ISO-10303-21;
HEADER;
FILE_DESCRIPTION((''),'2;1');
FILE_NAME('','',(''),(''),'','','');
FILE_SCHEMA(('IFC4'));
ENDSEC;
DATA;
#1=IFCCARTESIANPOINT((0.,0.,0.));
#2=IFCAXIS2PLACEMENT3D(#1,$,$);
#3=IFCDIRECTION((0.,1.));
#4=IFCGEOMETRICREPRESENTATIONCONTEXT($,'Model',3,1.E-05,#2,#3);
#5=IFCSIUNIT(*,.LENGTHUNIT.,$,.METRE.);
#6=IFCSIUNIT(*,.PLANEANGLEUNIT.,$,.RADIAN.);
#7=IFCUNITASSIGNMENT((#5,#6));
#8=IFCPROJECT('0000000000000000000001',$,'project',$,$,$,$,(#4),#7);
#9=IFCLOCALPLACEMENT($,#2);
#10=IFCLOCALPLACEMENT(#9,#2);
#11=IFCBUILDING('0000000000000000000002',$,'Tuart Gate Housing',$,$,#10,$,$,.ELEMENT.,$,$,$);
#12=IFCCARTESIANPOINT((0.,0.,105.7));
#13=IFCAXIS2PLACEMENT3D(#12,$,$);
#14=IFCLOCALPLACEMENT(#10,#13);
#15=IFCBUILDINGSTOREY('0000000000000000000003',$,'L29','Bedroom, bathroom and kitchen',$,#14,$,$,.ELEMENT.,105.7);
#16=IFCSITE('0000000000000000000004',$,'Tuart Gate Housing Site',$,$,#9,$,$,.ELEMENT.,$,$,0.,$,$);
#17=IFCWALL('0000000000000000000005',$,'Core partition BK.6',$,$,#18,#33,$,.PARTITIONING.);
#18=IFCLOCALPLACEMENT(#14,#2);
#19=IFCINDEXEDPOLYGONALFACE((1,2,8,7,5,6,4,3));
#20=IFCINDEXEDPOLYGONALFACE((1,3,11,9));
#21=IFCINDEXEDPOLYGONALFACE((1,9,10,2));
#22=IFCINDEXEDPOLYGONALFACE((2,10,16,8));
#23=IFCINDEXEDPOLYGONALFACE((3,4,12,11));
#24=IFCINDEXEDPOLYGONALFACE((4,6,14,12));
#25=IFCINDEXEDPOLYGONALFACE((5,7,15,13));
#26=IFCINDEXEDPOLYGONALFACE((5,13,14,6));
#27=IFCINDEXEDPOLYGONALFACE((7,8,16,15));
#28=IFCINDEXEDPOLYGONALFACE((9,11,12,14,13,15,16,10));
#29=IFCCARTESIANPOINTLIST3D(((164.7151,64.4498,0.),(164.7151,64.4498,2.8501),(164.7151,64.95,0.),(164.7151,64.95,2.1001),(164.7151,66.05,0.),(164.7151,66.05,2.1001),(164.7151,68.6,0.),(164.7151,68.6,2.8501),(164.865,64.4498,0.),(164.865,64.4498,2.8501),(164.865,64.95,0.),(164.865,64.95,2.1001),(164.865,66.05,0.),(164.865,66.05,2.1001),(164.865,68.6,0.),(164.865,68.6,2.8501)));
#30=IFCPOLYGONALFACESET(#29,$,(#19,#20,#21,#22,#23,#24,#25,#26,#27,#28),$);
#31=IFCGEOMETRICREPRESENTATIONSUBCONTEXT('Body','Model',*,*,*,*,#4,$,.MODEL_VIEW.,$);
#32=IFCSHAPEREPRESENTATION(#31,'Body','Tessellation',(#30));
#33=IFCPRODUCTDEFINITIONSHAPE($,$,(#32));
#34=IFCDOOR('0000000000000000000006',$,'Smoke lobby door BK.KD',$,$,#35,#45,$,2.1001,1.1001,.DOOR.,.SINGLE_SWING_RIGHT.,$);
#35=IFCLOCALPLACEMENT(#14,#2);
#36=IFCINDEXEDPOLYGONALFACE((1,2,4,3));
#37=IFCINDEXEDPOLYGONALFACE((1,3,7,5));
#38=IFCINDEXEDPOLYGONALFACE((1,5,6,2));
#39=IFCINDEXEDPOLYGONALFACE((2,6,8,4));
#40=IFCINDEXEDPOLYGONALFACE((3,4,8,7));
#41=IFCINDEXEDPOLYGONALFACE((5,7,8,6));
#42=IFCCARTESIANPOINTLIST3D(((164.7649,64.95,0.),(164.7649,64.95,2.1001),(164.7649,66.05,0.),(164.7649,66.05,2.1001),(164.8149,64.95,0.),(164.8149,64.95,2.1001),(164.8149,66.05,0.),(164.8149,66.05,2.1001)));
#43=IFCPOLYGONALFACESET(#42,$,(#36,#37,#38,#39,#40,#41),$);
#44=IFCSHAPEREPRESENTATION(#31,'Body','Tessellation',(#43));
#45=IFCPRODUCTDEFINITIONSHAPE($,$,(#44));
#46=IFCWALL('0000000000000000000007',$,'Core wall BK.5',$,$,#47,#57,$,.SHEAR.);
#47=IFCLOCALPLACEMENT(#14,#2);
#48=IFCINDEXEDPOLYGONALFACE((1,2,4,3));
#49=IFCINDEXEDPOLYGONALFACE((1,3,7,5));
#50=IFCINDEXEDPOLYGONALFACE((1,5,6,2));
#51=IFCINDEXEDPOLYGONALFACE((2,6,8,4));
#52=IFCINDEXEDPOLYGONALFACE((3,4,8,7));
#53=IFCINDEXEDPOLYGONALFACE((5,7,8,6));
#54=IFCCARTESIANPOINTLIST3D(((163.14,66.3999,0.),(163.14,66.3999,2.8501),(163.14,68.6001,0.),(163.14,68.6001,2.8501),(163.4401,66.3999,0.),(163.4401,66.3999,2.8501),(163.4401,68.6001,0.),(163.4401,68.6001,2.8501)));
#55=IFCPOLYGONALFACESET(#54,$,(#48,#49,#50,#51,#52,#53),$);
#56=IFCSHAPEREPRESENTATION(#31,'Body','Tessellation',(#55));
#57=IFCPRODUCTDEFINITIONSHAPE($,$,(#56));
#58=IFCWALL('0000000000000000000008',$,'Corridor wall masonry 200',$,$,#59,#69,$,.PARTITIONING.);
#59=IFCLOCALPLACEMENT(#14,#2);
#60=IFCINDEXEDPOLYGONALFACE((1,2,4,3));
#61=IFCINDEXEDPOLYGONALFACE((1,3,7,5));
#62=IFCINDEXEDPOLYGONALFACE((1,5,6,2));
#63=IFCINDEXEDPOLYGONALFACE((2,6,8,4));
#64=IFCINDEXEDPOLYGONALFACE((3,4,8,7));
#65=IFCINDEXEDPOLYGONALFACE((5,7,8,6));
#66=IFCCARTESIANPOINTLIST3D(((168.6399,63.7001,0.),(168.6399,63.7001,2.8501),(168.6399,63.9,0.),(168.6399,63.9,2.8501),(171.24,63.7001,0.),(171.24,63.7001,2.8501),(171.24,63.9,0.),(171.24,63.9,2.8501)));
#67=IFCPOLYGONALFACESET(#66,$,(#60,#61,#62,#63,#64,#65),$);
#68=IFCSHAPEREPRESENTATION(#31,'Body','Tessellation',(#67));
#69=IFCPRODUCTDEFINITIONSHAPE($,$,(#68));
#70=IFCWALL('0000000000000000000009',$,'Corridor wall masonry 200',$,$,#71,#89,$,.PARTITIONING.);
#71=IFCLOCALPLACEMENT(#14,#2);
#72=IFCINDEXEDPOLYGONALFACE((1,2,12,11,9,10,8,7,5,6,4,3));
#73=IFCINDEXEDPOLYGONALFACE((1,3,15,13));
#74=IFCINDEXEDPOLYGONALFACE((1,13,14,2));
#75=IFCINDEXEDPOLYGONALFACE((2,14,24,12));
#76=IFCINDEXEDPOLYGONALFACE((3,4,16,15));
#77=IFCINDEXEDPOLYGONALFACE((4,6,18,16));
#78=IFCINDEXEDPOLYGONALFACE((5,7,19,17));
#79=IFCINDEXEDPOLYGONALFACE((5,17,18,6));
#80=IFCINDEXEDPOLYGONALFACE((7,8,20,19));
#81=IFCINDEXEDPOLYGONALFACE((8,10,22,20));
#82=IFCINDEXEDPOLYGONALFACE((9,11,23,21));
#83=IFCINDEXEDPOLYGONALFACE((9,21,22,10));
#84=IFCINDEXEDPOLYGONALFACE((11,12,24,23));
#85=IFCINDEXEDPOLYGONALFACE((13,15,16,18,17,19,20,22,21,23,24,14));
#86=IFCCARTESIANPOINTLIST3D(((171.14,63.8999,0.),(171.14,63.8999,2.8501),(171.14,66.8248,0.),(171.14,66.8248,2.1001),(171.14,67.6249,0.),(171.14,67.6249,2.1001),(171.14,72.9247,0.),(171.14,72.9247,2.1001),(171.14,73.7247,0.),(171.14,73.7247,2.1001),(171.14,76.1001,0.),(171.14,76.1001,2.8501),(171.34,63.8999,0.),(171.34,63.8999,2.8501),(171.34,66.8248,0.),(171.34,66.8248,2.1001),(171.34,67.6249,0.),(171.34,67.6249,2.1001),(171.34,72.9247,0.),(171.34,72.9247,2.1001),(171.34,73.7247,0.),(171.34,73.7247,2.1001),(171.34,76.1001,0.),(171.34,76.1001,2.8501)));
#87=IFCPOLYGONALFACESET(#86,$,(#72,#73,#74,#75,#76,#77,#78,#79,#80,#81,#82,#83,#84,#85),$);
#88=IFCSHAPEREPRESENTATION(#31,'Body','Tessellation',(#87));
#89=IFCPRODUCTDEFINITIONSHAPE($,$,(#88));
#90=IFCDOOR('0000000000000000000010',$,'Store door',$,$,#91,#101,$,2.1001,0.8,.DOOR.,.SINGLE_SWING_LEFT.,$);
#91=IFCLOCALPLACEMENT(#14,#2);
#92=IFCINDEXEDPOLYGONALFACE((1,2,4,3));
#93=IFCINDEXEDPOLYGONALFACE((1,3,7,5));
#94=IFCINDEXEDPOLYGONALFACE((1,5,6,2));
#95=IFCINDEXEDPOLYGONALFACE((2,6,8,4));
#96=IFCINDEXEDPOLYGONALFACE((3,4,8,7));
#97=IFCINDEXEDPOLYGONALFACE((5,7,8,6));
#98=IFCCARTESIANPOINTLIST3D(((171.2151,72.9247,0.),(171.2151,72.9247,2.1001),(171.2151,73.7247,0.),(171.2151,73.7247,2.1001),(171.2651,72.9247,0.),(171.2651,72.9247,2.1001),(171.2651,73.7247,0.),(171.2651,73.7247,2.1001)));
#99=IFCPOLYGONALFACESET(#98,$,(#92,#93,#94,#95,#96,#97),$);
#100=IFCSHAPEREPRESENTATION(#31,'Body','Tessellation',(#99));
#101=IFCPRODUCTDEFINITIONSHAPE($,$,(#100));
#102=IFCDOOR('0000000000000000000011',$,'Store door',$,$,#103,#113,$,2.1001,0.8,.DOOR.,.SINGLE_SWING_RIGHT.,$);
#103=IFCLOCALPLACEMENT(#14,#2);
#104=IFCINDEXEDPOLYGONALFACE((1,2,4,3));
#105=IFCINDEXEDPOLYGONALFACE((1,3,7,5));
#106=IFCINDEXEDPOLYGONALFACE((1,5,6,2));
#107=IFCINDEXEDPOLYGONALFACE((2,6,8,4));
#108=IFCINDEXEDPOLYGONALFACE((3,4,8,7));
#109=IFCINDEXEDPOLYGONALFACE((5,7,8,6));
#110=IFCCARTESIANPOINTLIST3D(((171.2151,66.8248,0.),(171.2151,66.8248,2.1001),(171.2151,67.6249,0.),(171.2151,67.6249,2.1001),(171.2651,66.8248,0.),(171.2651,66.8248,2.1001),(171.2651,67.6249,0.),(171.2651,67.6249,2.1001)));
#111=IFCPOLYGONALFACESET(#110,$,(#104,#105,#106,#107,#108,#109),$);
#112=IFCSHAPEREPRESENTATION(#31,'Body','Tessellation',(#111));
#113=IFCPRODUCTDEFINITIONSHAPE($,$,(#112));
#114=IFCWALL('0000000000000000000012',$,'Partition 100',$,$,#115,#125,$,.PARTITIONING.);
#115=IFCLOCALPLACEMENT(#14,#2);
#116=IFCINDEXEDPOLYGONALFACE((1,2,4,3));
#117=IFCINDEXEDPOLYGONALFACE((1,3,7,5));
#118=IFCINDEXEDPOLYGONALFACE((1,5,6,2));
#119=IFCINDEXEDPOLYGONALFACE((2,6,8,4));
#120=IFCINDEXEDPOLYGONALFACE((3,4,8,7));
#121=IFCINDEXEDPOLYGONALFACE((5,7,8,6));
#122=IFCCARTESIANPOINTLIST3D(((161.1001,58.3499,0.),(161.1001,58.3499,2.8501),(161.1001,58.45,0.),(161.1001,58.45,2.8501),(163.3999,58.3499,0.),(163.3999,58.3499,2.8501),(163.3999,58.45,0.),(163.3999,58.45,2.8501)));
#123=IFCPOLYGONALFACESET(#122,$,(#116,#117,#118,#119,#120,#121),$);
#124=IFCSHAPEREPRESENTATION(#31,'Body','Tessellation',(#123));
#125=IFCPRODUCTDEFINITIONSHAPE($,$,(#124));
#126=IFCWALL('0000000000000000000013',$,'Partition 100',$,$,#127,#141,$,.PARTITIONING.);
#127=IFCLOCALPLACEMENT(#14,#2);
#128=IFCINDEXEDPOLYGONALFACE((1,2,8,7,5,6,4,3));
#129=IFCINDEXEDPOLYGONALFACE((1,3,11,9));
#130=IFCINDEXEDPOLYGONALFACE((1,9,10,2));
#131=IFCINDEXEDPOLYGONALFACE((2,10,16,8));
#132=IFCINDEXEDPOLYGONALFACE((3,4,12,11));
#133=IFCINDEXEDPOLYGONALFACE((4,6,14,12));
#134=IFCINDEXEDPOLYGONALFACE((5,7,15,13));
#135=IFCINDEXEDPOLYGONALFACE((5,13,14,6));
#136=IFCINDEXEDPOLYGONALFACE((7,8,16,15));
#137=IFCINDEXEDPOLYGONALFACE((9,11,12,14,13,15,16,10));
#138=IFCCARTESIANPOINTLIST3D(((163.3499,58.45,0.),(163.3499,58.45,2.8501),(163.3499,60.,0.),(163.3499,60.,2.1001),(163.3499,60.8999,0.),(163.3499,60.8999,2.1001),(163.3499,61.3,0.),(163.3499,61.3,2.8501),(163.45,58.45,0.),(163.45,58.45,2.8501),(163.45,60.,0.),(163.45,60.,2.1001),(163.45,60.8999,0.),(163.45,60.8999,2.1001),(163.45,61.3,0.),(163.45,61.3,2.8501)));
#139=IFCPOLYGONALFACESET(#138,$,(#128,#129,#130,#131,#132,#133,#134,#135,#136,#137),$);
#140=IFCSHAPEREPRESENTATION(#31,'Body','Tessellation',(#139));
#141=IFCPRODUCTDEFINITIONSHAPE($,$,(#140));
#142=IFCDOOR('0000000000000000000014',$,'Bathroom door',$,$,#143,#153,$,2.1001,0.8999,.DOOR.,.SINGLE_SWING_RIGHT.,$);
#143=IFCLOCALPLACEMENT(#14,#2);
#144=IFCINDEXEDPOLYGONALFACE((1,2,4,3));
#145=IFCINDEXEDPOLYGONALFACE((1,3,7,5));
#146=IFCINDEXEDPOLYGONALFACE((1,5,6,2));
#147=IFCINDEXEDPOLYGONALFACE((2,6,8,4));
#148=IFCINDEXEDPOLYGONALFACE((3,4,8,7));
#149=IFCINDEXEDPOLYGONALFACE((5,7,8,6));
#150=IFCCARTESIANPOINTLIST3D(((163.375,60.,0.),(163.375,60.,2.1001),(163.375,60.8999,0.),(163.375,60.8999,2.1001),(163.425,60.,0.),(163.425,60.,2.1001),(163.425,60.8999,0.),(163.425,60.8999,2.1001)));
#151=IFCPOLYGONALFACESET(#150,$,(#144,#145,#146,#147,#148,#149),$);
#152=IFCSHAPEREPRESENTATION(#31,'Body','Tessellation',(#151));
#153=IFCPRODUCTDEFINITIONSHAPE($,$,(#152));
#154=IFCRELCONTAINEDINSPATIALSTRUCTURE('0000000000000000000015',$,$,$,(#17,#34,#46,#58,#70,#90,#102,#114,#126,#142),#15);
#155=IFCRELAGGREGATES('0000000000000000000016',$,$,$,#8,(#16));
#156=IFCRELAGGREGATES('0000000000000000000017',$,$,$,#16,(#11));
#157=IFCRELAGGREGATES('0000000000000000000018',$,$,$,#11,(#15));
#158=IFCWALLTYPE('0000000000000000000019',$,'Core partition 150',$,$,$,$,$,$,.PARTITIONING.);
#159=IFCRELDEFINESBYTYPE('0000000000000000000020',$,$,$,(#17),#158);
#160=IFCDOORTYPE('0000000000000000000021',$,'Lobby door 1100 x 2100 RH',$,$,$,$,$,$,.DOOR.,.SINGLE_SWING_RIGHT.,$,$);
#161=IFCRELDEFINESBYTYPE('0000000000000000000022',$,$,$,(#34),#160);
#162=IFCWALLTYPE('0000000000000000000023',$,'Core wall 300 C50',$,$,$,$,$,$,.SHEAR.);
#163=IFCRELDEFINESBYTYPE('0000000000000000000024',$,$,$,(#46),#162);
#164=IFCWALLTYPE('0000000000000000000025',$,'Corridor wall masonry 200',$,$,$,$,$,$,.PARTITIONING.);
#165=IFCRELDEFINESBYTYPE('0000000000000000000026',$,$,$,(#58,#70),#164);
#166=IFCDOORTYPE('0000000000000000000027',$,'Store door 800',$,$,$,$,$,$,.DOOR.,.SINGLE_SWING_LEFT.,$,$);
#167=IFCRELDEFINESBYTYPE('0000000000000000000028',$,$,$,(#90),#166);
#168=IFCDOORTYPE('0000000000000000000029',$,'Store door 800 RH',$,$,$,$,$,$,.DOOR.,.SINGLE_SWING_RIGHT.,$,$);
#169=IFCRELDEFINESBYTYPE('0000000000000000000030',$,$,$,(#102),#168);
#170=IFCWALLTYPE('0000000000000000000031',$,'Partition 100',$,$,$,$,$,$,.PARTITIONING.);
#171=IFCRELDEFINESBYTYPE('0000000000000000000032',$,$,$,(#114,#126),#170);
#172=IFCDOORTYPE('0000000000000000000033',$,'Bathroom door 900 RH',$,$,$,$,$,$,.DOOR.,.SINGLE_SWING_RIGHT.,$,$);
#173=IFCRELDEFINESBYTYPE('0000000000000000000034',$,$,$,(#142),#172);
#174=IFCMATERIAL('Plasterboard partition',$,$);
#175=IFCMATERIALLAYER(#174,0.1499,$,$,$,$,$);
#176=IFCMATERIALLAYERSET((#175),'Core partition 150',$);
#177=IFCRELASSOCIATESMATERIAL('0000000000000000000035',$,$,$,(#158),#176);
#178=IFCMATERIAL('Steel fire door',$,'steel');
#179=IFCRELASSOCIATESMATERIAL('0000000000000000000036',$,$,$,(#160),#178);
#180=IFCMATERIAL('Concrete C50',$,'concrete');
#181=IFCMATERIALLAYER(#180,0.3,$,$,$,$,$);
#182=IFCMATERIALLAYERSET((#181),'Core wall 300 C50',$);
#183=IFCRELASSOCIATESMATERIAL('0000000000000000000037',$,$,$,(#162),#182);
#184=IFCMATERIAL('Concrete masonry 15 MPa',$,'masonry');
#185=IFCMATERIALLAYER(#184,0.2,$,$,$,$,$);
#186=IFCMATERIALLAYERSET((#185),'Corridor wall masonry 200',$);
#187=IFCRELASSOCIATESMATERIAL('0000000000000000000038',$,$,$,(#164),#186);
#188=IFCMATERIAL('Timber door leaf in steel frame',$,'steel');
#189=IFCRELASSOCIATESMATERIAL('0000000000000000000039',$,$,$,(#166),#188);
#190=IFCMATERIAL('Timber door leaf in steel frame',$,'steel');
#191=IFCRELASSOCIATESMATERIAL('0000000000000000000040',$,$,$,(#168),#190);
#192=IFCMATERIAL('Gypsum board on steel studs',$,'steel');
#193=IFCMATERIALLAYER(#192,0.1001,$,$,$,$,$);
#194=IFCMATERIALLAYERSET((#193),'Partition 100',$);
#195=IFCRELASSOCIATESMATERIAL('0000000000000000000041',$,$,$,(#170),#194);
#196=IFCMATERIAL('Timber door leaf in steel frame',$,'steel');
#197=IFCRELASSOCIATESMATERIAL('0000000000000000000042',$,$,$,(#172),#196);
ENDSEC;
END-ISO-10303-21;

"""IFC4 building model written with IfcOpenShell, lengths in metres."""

from ifc_helpers import new_model, si_unit, direction, frame, frame_2d, origin, place, context, subcontext, project, spatial, rectangle, extrude, material, layer, layer_set, type_object, element, fill, save


model = new_model("IFC4")

# Units and contexts
model_context = context("Model", 3, precision=1e-05, world=origin(), true_north=direction((0.0, 1.0)))
body_context = subcontext(model_context, "Body", "Model", "MODEL_VIEW")
ifc_project = project(units=[si_unit("LENGTHUNIT", "METRE"), si_unit("PLANEANGLEUNIT", "RADIAN")], contexts=[model_context])

# Site, building, storey
site_placement = place(None, origin())
site = spatial("IfcSite", under=ifc_project, at=site_placement, Name="Tuart Gate Housing Site", CompositionType="ELEMENT", RefElevation=0.0)
building_placement = place(site_placement, origin())
building = spatial("IfcBuilding", under=site, at=building_placement, Name="Tuart Gate Housing", CompositionType="ELEMENT")
storey_placement = place(building_placement, frame((0.0, 0.0, 105.7)))
storey = spatial("IfcBuildingStorey", under=building, at=storey_placement, Name="L29", Description="Bedroom, bathroom and kitchen", CompositionType="ELEMENT", Elevation=105.7)

# Wall, opening, door
ifc_material_1 = material(Name="Plasterboard partition")
ifc_layer_1 = layer(ifc_material_1, 0.1499)
ifc_layer_set_1 = layer_set([ifc_layer_1], Name="Core partition 150")
wall_type_1 = type_object("IfcWallType", Name="Core partition 150", PredefinedType="PARTITIONING", material=ifc_layer_set_1)
wall_1_placement = place(storey_placement, frame((164.79, 68.6001, 0.0), z_axis=(0.0, 0.0, 1.0), x_axis=(0.0, -1.0, 0.0)))
wall_1 = element("IfcWall", 1, at=wall_1_placement, inside=storey, type_object=wall_type_1, Name="Core partition BK.6", PredefinedType="PARTITIONING", context=body_context, shape_type="SweptSolid", body=[
    extrude(rectangle(XDim=4.1501, YDim=0.1499, at=frame_2d((2.0752, 0.0))), origin(), (0.0, 0.0, 1.0), 2.8501),
])
opening_1_placement = place(wall_1_placement, frame((2.55, 0.0, 0.0)))
opening_1 = element("IfcOpeningElement", 2, at=opening_1_placement, cuts=wall_1, PredefinedType="OPENING", context=body_context, shape_type="SweptSolid", body=[
    extrude(rectangle(XDim=1.1001, YDim=2.1001, at=frame_2d((0.55, 1.05))), frame((0.0, 0.085, 0.0), z_axis=(0.0, -1.0, 0.0), x_axis=(1.0, 0.0, 0.0)), (0.0, 0.0, 1.0), 0.1699),
])
ifc_material_2 = material(Name="Steel fire door", Category="steel")
door_type_1 = type_object("IfcDoorType", Name="Lobby door 1100 x 2100 RH", OperationType="SINGLE_SWING_RIGHT", PredefinedType="DOOR", material=ifc_material_2)
door_1_placement = place(opening_1_placement, origin())
door_1 = element("IfcDoor", 3, at=door_1_placement, inside=storey, type_object=door_type_1, Name="Smoke lobby door BK.KD", OperationType="SINGLE_SWING_RIGHT", OverallHeight=2.1001, OverallWidth=1.1001, PredefinedType="DOOR", context=body_context, shape_type="SweptSolid", body=[
    extrude(rectangle(XDim=1.1001, YDim=2.1001, at=frame_2d((0.55, 1.05))), frame((0.0, 0.0249, 0.0), z_axis=(0.0, -1.0, 0.0), x_axis=(1.0, 0.0, 0.0)), (0.0, 0.0, 1.0), 0.05),
])
fill(opening_1, door_1)

# Walls
ifc_material_3 = material(Name="Concrete C50", Category="concrete")
ifc_layer_2 = layer(ifc_material_3, 0.3)
ifc_layer_set_2 = layer_set([ifc_layer_2], Name="Core wall 300 C50")
wall_type_2 = type_object("IfcWallType", Name="Core wall 300 C50", PredefinedType="SHEAR", material=ifc_layer_set_2)
wall_2_placement = place(storey_placement, frame((163.29, 68.6001, 0.0), z_axis=(0.0, 0.0, 1.0), x_axis=(0.0, -1.0, 0.0)))
element("IfcWall", 4, at=wall_2_placement, inside=storey, type_object=wall_type_2, Name="Core wall BK.5", PredefinedType="SHEAR", context=body_context, shape_type="SweptSolid", body=[
    extrude(rectangle(XDim=2.2002, YDim=0.3, at=frame_2d((1.1001, 0.0))), origin(), (0.0, 0.0, 1.0), 2.8501),
])
ifc_material_4 = material(Name="Concrete masonry 15 MPa", Category="masonry")
ifc_layer_3 = layer(ifc_material_4, 0.2)
ifc_layer_set_3 = layer_set([ifc_layer_3], Name="Corridor wall masonry 200")
wall_type_3 = type_object("IfcWallType", Name="Corridor wall masonry 200", PredefinedType="PARTITIONING", material=ifc_layer_set_3)
wall_3_placement = place(storey_placement, frame((168.6399, 63.8, 0.0), z_axis=(0.0, 0.0, 1.0), x_axis=(1.0, 0.0, 0.0)))
element("IfcWall", 5, at=wall_3_placement, inside=storey, type_object=wall_type_3, Name="Corridor wall masonry 200", PredefinedType="PARTITIONING", context=body_context, shape_type="SweptSolid", body=[
    extrude(rectangle(XDim=2.6001, YDim=0.2, at=frame_2d((1.3, 0.0))), origin(), (0.0, 0.0, 1.0), 2.8501),
])

# Wall, openings, doors
wall_4_placement = place(storey_placement, frame((171.24, 63.8999, 0.0), z_axis=(0.0, 0.0, 1.0), x_axis=(0.0, 1.0, 0.0)))
wall_4 = element("IfcWall", 6, at=wall_4_placement, inside=storey, type_object=wall_type_3, Name="Corridor wall masonry 200", PredefinedType="PARTITIONING", context=body_context, shape_type="SweptSolid", body=[
    extrude(rectangle(XDim=12.2002, YDim=0.2, at=frame_2d((6.1001, 0.0))), origin(), (0.0, 0.0, 1.0), 2.8501),
])
opening_2_placement = place(wall_4_placement, frame((2.925, 0.0, 0.0)))
opening_2 = element("IfcOpeningElement", 7, at=opening_2_placement, cuts=wall_4, PredefinedType="OPENING", context=body_context, shape_type="SweptSolid", body=[
    extrude(rectangle(XDim=0.8, YDim=2.1001, at=frame_2d((0.3999, 1.05))), frame((0.0, 0.1099, 0.0), z_axis=(0.0, -1.0, 0.0), x_axis=(1.0, 0.0, 0.0)), (0.0, 0.0, 1.0), 0.22),
])
opening_3_placement = place(wall_4_placement, frame((9.0249, 0.0, 0.0)))
opening_3 = element("IfcOpeningElement", 8, at=opening_3_placement, cuts=wall_4, PredefinedType="OPENING", context=body_context, shape_type="SweptSolid", body=[
    extrude(rectangle(XDim=0.8, YDim=2.1001, at=frame_2d((0.3999, 1.05))), frame((0.0, 0.1099, 0.0), z_axis=(0.0, -1.0, 0.0), x_axis=(1.0, 0.0, 0.0)), (0.0, 0.0, 1.0), 0.22),
])
ifc_material_5 = material(Name="Timber door leaf in steel frame", Category="steel")
door_type_2 = type_object("IfcDoorType", Name="Store door 800", OperationType="SINGLE_SWING_LEFT", PredefinedType="DOOR", material=ifc_material_5)
door_2_placement = place(opening_3_placement, origin())
door_2 = element("IfcDoor", 9, at=door_2_placement, inside=storey, type_object=door_type_2, Name="Store door", OperationType="SINGLE_SWING_LEFT", OverallHeight=2.1001, OverallWidth=0.8, PredefinedType="DOOR", context=body_context, shape_type="SweptSolid", body=[
    extrude(rectangle(XDim=0.8, YDim=2.1001, at=frame_2d((0.3999, 1.05))), frame((0.0, 0.0249, 0.0), z_axis=(0.0, -1.0, 0.0), x_axis=(1.0, 0.0, 0.0)), (0.0, 0.0, 1.0), 0.05),
])
fill(opening_3, door_2)
ifc_material_6 = material(Name="Timber door leaf in steel frame", Category="steel")
door_type_3 = type_object("IfcDoorType", Name="Store door 800 RH", OperationType="SINGLE_SWING_RIGHT", PredefinedType="DOOR", material=ifc_material_6)
door_3_placement = place(opening_2_placement, origin())
door_3 = element("IfcDoor", 10, at=door_3_placement, inside=storey, type_object=door_type_3, Name="Store door", OperationType="SINGLE_SWING_RIGHT", OverallHeight=2.1001, OverallWidth=0.8, PredefinedType="DOOR", context=body_context, shape_type="SweptSolid", body=[
    extrude(rectangle(XDim=0.8, YDim=2.1001, at=frame_2d((0.3999, 1.05))), frame((0.0, 0.0249, 0.0), z_axis=(0.0, -1.0, 0.0), x_axis=(1.0, 0.0, 0.0)), (0.0, 0.0, 1.0), 0.05),
])
fill(opening_2, door_3)

# Wall
ifc_material_7 = material(Name="Gypsum board on steel studs", Category="steel")
ifc_layer_4 = layer(ifc_material_7, 0.1001)
ifc_layer_set_4 = layer_set([ifc_layer_4], Name="Partition 100")
wall_type_4 = type_object("IfcWallType", Name="Partition 100", PredefinedType="PARTITIONING", material=ifc_layer_set_4)
wall_5_placement = place(storey_placement, frame((161.1001, 58.3999, 0.0), z_axis=(0.0, 0.0, 1.0), x_axis=(1.0, 0.0, 0.0)))
element("IfcWall", 11, at=wall_5_placement, inside=storey, type_object=wall_type_4, Name="Partition 100", PredefinedType="PARTITIONING", context=body_context, shape_type="SweptSolid", body=[
    extrude(rectangle(XDim=2.2998, YDim=0.1001, at=frame_2d((1.1499, 0.0))), origin(), (0.0, 0.0, 1.0), 2.8501),
])

# Wall, opening, door
wall_6_placement = place(storey_placement, frame((163.3999, 58.45, 0.0), z_axis=(0.0, 0.0, 1.0), x_axis=(0.0, 1.0, 0.0)))
wall_6 = element("IfcWall", 12, at=wall_6_placement, inside=storey, type_object=wall_type_4, Name="Partition 100", PredefinedType="PARTITIONING", context=body_context, shape_type="SweptSolid", body=[
    extrude(rectangle(XDim=2.8501, YDim=0.1001, at=frame_2d((1.425, 0.0))), origin(), (0.0, 0.0, 1.0), 2.8501),
])
opening_4_placement = place(wall_6_placement, frame((1.55, 0.0, 0.0)))
opening_4 = element("IfcOpeningElement", 13, at=opening_4_placement, cuts=wall_6, PredefinedType="OPENING", context=body_context, shape_type="SweptSolid", body=[
    extrude(rectangle(XDim=0.8999, YDim=2.1001, at=frame_2d((0.45, 1.05))), frame((0.0, 0.0601, 0.0), z_axis=(0.0, -1.0, 0.0), x_axis=(1.0, 0.0, 0.0)), (0.0, 0.0, 1.0), 0.1201),
])
ifc_material_8 = material(Name="Timber door leaf in steel frame", Category="steel")
door_type_4 = type_object("IfcDoorType", Name="Bathroom door 900 RH", OperationType="SINGLE_SWING_RIGHT", PredefinedType="DOOR", material=ifc_material_8)
door_4_placement = place(opening_4_placement, origin())
door_4 = element("IfcDoor", 14, at=door_4_placement, inside=storey, type_object=door_type_4, Name="Bathroom door", OperationType="SINGLE_SWING_RIGHT", OverallHeight=2.1001, OverallWidth=0.8999, PredefinedType="DOOR", context=body_context, shape_type="SweptSolid", body=[
    extrude(rectangle(XDim=0.8999, YDim=2.1001, at=frame_2d((0.45, 1.05))), frame((0.0, 0.0249, 0.0), z_axis=(0.0, -1.0, 0.0), x_axis=(1.0, 0.0, 0.0)), (0.0, 0.0, 1.0), 0.05),
])
fill(opening_4, door_4)

save(model, "model.ifc")
